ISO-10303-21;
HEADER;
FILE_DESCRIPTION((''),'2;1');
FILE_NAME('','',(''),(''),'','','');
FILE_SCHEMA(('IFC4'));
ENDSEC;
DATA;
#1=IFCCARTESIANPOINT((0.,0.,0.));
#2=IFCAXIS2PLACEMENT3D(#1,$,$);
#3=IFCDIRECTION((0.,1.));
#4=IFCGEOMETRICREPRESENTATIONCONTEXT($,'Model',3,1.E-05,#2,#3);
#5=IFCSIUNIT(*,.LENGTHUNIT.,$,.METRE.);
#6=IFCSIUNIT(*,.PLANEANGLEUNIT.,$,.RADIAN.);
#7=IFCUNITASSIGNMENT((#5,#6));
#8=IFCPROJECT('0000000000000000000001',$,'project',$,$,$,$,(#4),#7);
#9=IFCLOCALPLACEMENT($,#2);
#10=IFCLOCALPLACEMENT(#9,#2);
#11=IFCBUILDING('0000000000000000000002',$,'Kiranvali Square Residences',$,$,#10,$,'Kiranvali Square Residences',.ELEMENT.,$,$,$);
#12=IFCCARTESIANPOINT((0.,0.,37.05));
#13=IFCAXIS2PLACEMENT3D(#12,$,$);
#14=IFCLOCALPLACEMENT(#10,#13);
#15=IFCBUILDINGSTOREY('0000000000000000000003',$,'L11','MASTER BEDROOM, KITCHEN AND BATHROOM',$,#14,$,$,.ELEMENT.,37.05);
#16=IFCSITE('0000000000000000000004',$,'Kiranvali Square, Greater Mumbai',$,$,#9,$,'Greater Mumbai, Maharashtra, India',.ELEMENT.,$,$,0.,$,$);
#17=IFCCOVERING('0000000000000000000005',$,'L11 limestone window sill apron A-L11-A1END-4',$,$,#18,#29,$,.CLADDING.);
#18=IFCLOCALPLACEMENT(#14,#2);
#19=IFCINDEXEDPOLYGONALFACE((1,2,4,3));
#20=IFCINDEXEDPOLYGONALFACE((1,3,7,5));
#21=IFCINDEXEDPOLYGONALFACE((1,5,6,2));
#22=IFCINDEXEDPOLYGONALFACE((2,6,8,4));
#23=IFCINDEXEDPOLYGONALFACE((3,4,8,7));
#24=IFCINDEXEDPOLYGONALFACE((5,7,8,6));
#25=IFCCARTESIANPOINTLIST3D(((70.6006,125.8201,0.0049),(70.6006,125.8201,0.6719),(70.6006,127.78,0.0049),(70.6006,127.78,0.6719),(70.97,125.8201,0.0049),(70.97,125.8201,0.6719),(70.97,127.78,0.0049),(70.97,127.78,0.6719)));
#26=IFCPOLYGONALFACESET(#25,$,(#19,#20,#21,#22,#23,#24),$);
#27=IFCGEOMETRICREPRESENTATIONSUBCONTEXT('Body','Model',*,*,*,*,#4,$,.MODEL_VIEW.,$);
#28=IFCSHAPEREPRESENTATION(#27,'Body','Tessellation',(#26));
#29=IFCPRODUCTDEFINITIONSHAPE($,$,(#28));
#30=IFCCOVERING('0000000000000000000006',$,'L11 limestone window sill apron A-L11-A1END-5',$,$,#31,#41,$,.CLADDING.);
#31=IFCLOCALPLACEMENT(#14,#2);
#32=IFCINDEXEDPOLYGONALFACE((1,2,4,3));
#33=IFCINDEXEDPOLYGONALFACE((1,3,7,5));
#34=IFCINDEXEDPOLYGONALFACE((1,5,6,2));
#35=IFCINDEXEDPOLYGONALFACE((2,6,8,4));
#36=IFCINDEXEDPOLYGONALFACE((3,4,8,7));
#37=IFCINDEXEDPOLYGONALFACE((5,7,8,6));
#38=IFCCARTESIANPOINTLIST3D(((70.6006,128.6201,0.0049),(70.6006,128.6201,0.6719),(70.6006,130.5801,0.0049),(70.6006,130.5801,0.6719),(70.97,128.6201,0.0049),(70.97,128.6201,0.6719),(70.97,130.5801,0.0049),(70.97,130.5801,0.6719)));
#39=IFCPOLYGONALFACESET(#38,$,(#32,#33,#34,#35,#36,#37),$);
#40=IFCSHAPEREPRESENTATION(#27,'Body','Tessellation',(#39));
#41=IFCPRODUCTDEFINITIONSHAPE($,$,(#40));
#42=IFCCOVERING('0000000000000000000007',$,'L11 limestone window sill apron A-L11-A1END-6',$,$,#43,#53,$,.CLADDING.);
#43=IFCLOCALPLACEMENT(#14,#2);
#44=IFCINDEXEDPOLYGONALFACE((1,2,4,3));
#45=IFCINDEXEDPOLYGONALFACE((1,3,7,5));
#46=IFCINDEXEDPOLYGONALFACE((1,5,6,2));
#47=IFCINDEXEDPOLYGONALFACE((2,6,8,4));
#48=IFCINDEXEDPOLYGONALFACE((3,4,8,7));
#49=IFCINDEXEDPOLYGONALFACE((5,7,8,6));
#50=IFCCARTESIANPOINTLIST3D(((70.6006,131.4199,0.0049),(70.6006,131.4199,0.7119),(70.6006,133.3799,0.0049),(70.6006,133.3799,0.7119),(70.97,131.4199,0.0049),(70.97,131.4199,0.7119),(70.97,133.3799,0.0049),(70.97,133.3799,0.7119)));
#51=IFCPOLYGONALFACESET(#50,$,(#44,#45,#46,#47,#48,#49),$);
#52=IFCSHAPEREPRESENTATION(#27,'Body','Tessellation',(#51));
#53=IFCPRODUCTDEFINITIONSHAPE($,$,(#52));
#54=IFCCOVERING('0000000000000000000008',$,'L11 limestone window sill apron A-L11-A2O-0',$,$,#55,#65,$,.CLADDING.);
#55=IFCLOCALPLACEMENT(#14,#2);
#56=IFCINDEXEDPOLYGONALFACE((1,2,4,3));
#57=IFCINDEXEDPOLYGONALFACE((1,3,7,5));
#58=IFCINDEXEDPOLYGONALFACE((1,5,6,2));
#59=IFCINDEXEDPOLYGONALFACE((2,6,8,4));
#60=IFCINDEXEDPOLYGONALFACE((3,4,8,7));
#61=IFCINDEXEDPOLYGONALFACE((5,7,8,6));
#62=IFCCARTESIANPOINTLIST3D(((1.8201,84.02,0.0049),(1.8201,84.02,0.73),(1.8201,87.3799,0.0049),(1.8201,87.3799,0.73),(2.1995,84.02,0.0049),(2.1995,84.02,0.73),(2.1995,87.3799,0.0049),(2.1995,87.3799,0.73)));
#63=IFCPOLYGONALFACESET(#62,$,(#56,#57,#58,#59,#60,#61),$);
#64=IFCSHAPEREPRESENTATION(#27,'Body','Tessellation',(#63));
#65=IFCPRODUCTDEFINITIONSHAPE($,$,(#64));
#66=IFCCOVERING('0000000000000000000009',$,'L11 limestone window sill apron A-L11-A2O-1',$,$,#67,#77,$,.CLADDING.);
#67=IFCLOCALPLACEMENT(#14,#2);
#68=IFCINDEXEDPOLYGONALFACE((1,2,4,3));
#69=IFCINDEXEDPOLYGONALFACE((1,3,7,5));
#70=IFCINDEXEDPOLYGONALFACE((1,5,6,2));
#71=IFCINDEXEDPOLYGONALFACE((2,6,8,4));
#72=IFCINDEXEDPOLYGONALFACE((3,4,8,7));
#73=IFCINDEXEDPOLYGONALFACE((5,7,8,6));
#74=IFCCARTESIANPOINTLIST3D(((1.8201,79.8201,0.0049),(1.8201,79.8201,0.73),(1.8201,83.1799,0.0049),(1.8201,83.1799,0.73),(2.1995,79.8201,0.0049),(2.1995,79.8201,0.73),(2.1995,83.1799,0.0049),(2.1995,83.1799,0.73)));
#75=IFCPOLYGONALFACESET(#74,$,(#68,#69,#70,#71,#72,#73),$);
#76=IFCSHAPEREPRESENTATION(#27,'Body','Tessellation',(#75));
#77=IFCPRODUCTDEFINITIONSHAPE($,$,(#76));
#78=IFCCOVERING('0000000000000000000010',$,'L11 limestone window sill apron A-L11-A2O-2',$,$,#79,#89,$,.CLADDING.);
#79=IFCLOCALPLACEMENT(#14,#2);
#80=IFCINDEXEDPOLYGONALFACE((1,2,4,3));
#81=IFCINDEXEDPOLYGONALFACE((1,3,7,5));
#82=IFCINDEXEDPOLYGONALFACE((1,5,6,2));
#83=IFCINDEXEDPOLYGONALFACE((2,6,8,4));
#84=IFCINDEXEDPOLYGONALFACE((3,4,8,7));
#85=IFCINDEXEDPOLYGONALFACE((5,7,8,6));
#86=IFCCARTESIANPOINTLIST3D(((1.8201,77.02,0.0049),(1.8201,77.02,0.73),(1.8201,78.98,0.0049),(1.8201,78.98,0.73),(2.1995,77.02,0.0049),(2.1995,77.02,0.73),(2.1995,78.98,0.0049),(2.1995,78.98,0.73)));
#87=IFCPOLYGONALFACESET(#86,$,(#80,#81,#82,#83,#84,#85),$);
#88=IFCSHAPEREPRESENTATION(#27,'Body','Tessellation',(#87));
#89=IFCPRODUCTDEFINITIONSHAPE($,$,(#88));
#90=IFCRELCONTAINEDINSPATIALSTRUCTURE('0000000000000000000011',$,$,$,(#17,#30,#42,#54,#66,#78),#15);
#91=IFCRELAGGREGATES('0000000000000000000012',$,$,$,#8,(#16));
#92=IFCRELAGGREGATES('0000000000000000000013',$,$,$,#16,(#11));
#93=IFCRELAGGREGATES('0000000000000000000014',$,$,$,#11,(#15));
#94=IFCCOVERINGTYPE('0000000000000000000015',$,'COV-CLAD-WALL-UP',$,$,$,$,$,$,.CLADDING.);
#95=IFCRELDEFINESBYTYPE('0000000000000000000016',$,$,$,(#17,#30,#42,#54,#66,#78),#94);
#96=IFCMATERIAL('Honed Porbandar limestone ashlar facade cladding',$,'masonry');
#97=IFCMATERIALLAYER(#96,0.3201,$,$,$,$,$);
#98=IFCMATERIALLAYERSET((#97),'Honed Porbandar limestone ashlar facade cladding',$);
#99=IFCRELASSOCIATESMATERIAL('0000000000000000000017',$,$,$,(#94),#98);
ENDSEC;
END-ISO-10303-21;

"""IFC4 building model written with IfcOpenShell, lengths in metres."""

from ifc_helpers import new_model, si_unit, direction, frame, origin, place, context, subcontext, project, spatial, polyline, outline, extrude, material, layer, layer_set, type_object, element, save


model = new_model("IFC4")

# Units and contexts
model_context = context("Model", 3, precision=1e-05, world=origin(), true_north=direction((0.0, 1.0)))
body_context = subcontext(model_context, "Body", "Model", "MODEL_VIEW")
ifc_project = project(units=[si_unit("LENGTHUNIT", "METRE"), si_unit("PLANEANGLEUNIT", "RADIAN")], contexts=[model_context])

# Site, building, storey
site_placement = place(None, origin())
site = spatial("IfcSite", under=ifc_project, at=site_placement, Name="Kiranvali Square, Greater Mumbai", LongName="Greater Mumbai, Maharashtra, India", CompositionType="ELEMENT", RefElevation=0.0)
building_placement = place(site_placement, origin())
building = spatial("IfcBuilding", under=site, at=building_placement, Name="Kiranvali Square Residences", LongName="Kiranvali Square Residences", CompositionType="ELEMENT")
storey_placement = place(building_placement, frame((0.0, 0.0, 37.05)))
storey = spatial("IfcBuildingStorey", under=building, at=storey_placement, Name="L11", Description="MASTER BEDROOM, KITCHEN AND BATHROOM", CompositionType="ELEMENT", Elevation=37.05)

# Coverings
ifc_material = material(Name="Honed Porbandar limestone ashlar facade cladding", Category="masonry")
ifc_layer_1 = layer(ifc_material, 0.3201)
ifc_layer_set_1 = layer_set([ifc_layer_1], Name="Honed Porbandar limestone ashlar facade cladding")
covering_type_1 = type_object("IfcCoveringType", Name="COV-CLAD-WALL-UP", PredefinedType="CLADDING", material=ifc_layer_set_1)
covering_1_placement = place(storey_placement, frame((0.0, 0.0, 0.0049)))
element("IfcCovering", 1, at=covering_1_placement, inside=storey, type_object=covering_type_1, Name="L11 limestone window sill apron A-L11-A1END-4", PredefinedType="CLADDING", context=body_context, shape_type="SweptSolid", body=[
    extrude(outline(polyline([(70.97, 125.8201), (70.97, 127.78), (70.6006, 127.78), (70.6006, 125.8201), (70.97, 125.8201)])), origin(), (0.0, 0.0, 1.0), 0.667),
])
covering_2_placement = place(storey_placement, frame((0.0, 0.0, 0.0049)))
element("IfcCovering", 2, at=covering_2_placement, inside=storey, type_object=covering_type_1, Name="L11 limestone window sill apron A-L11-A1END-5", PredefinedType="CLADDING", context=body_context, shape_type="SweptSolid", body=[
    extrude(outline(polyline([(70.97, 128.6201), (70.97, 130.5801), (70.6006, 130.5801), (70.6006, 128.6201), (70.97, 128.6201)])), origin(), (0.0, 0.0, 1.0), 0.667),
])
covering_3_placement = place(storey_placement, frame((0.0, 0.0, 0.0049)))
element("IfcCovering", 3, at=covering_3_placement, inside=storey, type_object=covering_type_1, Name="L11 limestone window sill apron A-L11-A1END-6", PredefinedType="CLADDING", context=body_context, shape_type="SweptSolid", body=[
    extrude(outline(polyline([(70.97, 131.4199), (70.97, 133.3799), (70.6006, 133.3799), (70.6006, 131.4199), (70.97, 131.4199)])), origin(), (0.0, 0.0, 1.0), 0.707),
])
covering_4_placement = place(storey_placement, frame((0.0, 0.0, 0.0049)))
element("IfcCovering", 4, at=covering_4_placement, inside=storey, type_object=covering_type_1, Name="L11 limestone window sill apron A-L11-A2O-0", PredefinedType="CLADDING", context=body_context, shape_type="SweptSolid", body=[
    extrude(outline(polyline([(1.8201, 87.3799), (1.8201, 84.02), (2.1995, 84.02), (2.1995, 87.3799), (1.8201, 87.3799)])), origin(), (0.0, 0.0, 1.0), 0.7251),
])
covering_5_placement = place(storey_placement, frame((0.0, 0.0, 0.0049)))
element("IfcCovering", 5, at=covering_5_placement, inside=storey, type_object=covering_type_1, Name="L11 limestone window sill apron A-L11-A2O-1", PredefinedType="CLADDING", context=body_context, shape_type="SweptSolid", body=[
    extrude(outline(polyline([(1.8201, 83.1799), (1.8201, 79.8201), (2.1995, 79.8201), (2.1995, 83.1799), (1.8201, 83.1799)])), origin(), (0.0, 0.0, 1.0), 0.7251),
])
covering_6_placement = place(storey_placement, frame((0.0, 0.0, 0.0049)))
element("IfcCovering", 6, at=covering_6_placement, inside=storey, type_object=covering_type_1, Name="L11 limestone window sill apron A-L11-A2O-2", PredefinedType="CLADDING", context=body_context, shape_type="SweptSolid", body=[
    extrude(outline(polyline([(1.8201, 78.98), (1.8201, 77.02), (2.1995, 77.02), (2.1995, 78.98), (1.8201, 78.98)])), origin(), (0.0, 0.0, 1.0), 0.7251),
])

save(model, "model.ifc")
